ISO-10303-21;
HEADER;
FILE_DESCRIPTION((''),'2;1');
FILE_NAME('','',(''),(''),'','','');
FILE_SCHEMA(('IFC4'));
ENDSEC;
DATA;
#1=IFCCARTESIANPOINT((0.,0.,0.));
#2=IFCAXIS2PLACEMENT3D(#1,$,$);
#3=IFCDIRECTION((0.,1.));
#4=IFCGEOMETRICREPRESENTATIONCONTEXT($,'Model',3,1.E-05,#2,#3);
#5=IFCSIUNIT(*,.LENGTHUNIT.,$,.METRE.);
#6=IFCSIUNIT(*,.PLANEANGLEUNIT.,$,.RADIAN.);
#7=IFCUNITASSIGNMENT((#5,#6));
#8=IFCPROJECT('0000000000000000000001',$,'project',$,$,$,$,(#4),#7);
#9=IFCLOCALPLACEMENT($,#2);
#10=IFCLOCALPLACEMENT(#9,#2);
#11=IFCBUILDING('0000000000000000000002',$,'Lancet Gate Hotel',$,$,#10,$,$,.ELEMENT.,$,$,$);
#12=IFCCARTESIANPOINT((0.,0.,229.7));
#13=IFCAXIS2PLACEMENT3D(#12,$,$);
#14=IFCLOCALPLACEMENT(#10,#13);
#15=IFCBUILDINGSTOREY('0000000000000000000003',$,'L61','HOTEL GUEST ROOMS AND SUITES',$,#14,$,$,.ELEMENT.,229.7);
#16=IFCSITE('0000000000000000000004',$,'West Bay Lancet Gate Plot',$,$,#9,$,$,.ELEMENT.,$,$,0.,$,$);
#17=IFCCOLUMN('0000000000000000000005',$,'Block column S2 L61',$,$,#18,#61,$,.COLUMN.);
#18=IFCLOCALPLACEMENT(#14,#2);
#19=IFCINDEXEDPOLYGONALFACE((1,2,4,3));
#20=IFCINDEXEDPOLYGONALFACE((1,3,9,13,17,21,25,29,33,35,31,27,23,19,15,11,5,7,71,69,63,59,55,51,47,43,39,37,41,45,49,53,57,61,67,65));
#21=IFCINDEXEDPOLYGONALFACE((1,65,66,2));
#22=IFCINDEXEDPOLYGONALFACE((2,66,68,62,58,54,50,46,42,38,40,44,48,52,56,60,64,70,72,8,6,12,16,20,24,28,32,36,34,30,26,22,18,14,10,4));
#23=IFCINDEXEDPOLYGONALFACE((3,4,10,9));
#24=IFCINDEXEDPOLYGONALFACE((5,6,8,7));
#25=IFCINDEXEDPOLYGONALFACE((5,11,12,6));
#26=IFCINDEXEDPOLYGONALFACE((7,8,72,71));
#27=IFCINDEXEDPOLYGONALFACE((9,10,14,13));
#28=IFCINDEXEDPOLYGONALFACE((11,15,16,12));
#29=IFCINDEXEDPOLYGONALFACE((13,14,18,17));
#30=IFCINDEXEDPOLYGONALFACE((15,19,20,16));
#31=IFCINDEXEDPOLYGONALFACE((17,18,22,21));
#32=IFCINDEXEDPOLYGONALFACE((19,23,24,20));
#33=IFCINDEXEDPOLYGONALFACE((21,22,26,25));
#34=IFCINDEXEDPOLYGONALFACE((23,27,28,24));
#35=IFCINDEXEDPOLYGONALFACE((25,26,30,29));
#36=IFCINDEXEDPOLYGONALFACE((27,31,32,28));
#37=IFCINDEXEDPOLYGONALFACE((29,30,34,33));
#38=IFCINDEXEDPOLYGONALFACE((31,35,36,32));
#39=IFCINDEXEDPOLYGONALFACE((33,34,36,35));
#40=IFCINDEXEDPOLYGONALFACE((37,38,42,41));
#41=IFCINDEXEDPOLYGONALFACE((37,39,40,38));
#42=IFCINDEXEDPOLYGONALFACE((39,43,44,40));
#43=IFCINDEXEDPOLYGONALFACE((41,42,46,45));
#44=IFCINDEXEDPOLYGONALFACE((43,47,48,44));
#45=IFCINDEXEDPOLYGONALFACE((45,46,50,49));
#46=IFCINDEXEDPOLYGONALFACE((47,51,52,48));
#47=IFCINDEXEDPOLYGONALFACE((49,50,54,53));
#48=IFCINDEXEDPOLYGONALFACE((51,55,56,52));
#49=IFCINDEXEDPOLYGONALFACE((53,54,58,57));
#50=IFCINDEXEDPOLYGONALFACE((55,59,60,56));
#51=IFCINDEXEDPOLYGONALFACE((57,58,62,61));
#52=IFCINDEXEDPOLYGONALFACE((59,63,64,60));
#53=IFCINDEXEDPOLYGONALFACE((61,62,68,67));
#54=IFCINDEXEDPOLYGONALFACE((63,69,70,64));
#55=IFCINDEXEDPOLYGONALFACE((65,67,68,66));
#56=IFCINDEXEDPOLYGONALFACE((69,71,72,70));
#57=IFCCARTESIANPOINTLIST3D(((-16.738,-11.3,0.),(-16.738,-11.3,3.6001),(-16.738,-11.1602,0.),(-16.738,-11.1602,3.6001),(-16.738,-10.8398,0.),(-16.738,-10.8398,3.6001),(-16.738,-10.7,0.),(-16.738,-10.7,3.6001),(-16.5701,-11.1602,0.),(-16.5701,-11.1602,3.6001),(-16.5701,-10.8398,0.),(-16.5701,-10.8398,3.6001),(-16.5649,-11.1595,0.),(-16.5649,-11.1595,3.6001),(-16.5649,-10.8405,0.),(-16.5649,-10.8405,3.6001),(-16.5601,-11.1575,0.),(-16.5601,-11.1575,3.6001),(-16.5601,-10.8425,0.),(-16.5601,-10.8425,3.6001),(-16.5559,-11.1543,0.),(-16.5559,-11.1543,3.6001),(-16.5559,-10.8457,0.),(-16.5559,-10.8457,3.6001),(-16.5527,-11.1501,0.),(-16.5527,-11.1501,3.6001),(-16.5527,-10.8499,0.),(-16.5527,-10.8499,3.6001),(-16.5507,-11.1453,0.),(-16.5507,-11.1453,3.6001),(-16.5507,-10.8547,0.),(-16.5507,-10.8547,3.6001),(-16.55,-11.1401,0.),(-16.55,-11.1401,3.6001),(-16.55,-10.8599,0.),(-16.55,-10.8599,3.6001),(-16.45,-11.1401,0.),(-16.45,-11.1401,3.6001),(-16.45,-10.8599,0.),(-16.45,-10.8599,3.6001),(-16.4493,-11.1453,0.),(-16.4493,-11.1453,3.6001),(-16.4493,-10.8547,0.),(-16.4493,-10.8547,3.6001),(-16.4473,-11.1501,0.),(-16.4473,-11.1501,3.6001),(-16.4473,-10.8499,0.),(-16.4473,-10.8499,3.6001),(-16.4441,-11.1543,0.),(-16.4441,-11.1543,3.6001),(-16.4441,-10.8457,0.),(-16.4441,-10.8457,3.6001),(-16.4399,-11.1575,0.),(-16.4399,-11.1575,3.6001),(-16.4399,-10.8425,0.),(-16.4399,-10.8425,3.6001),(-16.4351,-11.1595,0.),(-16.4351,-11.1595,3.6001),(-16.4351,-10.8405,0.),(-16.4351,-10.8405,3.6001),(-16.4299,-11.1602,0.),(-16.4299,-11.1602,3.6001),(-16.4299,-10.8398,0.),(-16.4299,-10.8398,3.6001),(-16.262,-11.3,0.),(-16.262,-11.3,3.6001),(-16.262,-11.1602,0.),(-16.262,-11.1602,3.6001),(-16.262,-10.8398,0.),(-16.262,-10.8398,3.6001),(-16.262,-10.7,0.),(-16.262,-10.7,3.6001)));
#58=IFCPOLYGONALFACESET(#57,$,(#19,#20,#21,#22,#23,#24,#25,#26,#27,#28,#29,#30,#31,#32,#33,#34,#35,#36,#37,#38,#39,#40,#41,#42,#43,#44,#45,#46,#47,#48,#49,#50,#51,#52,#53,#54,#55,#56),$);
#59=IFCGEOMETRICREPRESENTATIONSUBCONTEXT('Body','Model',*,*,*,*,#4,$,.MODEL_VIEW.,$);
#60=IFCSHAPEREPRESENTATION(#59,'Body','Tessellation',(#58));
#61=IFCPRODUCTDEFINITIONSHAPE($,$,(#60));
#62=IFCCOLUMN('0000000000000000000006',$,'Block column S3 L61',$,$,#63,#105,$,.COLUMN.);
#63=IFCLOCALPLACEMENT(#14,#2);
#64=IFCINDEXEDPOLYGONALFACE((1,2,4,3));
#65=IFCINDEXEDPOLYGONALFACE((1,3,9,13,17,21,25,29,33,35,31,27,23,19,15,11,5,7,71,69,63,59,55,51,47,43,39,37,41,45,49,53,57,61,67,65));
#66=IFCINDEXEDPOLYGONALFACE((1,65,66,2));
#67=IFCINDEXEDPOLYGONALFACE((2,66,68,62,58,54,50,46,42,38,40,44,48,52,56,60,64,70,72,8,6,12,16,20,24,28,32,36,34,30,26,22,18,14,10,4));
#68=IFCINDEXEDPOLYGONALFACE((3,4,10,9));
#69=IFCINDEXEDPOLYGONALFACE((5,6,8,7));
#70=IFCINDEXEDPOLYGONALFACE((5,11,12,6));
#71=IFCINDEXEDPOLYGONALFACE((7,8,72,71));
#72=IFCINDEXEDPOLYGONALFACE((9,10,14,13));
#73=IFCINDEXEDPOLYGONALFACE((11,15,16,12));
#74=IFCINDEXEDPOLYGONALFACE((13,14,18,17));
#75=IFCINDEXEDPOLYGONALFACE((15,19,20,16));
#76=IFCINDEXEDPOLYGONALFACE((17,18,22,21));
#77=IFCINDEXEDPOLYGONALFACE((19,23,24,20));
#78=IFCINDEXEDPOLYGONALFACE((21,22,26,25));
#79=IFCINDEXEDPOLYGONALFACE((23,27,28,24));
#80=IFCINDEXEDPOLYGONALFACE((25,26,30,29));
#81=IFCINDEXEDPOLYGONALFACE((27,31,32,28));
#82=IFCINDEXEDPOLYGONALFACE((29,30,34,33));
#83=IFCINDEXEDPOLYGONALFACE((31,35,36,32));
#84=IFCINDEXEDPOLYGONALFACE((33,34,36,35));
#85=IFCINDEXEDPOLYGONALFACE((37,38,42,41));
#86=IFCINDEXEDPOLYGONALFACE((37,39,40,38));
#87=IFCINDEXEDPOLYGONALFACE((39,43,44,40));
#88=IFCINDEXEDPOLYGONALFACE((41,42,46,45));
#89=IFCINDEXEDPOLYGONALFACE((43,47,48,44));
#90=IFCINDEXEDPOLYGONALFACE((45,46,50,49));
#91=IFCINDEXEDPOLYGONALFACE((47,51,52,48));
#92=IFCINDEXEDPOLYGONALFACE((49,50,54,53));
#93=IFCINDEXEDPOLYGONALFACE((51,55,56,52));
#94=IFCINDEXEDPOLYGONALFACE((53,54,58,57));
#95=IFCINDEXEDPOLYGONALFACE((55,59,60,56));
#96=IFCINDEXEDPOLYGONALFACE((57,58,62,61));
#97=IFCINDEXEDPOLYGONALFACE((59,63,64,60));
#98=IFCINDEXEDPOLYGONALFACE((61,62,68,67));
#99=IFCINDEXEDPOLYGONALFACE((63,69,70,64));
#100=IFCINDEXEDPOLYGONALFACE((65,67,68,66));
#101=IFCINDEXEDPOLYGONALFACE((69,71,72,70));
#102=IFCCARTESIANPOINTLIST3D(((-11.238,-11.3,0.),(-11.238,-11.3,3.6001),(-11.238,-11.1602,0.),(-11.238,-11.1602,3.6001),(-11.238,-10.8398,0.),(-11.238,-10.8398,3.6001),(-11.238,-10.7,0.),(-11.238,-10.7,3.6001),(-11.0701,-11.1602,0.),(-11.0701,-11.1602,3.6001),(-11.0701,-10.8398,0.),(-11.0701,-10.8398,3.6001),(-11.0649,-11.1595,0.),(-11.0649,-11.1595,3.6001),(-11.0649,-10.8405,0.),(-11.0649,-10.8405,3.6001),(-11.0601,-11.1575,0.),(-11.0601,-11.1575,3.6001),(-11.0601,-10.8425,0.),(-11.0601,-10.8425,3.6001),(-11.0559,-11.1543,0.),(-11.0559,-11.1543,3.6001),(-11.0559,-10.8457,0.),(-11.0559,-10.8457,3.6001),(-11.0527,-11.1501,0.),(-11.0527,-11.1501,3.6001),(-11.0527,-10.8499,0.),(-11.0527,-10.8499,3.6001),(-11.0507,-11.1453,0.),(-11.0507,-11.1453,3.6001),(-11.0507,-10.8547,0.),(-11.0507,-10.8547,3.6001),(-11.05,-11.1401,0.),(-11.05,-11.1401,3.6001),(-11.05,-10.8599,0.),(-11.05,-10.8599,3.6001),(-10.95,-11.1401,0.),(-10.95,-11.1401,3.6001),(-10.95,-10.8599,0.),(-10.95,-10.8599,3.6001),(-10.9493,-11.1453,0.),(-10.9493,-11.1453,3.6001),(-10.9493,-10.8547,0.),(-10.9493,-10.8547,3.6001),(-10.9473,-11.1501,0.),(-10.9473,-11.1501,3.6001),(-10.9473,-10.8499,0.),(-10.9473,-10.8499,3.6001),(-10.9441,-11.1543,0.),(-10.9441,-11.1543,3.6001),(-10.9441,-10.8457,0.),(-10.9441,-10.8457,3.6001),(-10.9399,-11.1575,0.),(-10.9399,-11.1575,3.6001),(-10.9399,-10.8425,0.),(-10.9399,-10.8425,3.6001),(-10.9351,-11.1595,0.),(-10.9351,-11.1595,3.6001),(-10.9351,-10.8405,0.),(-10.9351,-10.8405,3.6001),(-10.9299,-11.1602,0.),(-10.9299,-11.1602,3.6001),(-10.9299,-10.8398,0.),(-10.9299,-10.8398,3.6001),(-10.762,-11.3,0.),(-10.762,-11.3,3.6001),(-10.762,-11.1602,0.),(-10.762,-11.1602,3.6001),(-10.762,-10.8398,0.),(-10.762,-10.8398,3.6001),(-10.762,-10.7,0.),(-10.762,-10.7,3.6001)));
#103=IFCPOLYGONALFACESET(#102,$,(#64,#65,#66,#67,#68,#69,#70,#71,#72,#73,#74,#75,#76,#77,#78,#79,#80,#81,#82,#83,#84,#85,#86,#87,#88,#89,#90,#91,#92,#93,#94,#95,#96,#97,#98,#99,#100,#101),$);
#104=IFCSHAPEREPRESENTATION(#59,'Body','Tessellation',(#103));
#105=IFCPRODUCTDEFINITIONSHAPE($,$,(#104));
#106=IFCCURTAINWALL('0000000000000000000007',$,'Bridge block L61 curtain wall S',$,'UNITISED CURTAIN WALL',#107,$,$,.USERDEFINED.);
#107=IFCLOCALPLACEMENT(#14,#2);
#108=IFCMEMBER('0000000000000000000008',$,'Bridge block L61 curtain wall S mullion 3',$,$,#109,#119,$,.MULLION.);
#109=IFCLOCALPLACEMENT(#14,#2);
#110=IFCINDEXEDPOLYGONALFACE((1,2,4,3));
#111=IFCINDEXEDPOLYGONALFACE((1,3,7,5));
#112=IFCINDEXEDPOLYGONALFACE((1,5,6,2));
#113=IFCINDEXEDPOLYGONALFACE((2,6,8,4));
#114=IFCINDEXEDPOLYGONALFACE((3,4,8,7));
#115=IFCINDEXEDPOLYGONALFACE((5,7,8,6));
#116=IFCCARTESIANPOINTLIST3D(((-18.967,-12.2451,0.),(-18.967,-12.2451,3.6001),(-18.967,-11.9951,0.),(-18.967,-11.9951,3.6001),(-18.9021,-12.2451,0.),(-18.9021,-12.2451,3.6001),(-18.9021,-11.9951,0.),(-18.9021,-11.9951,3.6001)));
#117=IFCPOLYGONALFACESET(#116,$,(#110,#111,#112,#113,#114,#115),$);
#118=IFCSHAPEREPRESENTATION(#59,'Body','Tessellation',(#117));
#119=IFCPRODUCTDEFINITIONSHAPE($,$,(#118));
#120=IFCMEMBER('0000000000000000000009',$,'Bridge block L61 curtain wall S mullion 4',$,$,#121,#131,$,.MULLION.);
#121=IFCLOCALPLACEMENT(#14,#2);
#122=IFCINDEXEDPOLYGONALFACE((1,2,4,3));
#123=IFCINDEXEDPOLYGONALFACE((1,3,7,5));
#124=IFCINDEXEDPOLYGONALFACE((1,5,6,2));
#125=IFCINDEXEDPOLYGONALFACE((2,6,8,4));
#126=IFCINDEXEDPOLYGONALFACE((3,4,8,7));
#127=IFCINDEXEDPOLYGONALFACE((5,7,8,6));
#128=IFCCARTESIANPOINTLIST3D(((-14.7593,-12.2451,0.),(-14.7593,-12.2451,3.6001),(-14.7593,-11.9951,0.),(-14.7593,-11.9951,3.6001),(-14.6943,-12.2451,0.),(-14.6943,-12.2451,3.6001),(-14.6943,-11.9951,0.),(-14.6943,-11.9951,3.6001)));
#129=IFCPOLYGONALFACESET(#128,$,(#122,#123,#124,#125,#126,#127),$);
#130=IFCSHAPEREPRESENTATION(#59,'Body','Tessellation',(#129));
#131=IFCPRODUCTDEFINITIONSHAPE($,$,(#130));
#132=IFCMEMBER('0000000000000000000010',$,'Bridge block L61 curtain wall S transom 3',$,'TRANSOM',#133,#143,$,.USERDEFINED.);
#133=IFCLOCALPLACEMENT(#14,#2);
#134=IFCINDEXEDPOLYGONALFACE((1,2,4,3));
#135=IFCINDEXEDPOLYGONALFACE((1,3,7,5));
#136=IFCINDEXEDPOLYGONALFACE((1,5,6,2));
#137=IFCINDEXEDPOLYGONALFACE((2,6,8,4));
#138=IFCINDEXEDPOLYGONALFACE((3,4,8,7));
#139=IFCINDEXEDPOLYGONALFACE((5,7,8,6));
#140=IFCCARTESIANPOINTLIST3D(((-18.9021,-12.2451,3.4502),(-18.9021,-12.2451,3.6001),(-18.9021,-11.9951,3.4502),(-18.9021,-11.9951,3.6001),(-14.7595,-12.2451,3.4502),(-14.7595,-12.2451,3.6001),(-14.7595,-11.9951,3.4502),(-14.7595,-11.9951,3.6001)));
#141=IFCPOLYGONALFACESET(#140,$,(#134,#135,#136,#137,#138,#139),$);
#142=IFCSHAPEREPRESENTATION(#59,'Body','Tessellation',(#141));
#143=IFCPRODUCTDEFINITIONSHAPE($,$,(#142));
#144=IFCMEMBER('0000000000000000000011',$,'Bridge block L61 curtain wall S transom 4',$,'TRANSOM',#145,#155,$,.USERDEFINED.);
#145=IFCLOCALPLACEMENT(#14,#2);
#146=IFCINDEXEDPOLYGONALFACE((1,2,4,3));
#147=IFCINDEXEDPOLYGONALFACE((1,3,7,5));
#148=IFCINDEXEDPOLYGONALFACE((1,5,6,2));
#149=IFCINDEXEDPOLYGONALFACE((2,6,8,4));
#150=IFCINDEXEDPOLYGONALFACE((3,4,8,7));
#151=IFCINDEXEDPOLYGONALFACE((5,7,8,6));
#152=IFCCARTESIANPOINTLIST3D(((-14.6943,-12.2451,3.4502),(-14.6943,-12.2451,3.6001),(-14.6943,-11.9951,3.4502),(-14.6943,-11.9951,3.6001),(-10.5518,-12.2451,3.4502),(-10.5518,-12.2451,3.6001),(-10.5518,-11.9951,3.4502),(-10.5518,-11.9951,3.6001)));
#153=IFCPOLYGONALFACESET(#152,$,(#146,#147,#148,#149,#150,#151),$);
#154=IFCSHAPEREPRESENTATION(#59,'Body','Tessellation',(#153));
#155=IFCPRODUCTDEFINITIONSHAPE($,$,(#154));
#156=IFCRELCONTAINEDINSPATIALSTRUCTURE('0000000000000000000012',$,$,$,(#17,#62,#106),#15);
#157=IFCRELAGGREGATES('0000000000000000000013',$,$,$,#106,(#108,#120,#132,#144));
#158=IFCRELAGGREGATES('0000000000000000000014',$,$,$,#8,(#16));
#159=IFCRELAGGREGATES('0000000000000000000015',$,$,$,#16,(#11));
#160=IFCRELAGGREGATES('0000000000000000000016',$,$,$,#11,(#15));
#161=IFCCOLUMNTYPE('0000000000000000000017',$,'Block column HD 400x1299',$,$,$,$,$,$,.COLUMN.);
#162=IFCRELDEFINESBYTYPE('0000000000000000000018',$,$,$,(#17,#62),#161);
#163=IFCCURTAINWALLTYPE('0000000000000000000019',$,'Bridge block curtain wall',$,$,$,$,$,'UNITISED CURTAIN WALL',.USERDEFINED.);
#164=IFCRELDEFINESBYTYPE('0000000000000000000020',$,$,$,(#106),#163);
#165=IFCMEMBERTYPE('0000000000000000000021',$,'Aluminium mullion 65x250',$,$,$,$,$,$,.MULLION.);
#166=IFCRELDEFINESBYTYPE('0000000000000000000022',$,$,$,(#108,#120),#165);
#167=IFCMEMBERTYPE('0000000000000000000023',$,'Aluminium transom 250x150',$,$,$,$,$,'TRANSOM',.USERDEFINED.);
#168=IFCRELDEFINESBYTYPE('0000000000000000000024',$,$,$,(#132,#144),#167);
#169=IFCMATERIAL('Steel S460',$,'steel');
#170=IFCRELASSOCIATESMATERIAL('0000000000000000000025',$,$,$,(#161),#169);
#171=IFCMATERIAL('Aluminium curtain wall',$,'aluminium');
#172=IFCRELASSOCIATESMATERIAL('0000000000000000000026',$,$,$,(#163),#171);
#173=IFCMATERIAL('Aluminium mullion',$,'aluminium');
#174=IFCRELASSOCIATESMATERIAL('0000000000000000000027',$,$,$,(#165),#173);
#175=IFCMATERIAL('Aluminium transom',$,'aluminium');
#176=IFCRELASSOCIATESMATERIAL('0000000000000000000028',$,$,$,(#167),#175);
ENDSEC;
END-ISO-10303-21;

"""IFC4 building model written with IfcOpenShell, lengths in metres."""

from ifc_helpers import new_model, si_unit, direction, frame, origin, origin_2d, place, context, subcontext, project, spatial, rectangle, i_section, extrude, material, material_profile, profile_set, type_object, element, aggregate, save


model = new_model("IFC4")

# Units and contexts
model_context = context("Model", 3, precision=1e-05, world=origin(), true_north=direction((0.0, 1.0)))
body_context = subcontext(model_context, "Body", "Model", "MODEL_VIEW")
ifc_project = project(units=[si_unit("LENGTHUNIT", "METRE"), si_unit("PLANEANGLEUNIT", "RADIAN")], contexts=[model_context])

# Site, building, storey
site_placement = place(None, origin())
site = spatial("IfcSite", under=ifc_project, at=site_placement, Name="West Bay Lancet Gate Plot", CompositionType="ELEMENT", RefElevation=0.0)
building_placement = place(site_placement, origin())
building = spatial("IfcBuilding", under=site, at=building_placement, Name="Lancet Gate Hotel", CompositionType="ELEMENT")
storey_placement = place(building_placement, frame((0.0, 0.0, 229.7)))
storey = spatial("IfcBuildingStorey", under=building, at=storey_placement, Name="L61", Description="HOTEL GUEST ROOMS AND SUITES", CompositionType="ELEMENT", Elevation=229.7)

# Columns
ifc_material_1 = material(Name="Steel S460", Category="steel")
ifc_material_profile_1 = material_profile(ifc_material_1, i_section(OverallWidth=0.4761, OverallDepth=0.6001, WebThickness=0.1001, FlangeThickness=0.1399, FilletRadius=0.02, at=origin_2d()), Name="HD 400x1299")
ifc_profile_set_1 = profile_set([ifc_material_profile_1], Name="Steel S460")
column_type = type_object("IfcColumnType", Name="Block column HD 400x1299", PredefinedType="COLUMN", material=ifc_profile_set_1)
for number, where, z_axis, x_axis, name in (
    (1, (-16.5, -11.0, 0.0), (0.0, 0.0, 1.0), (1.0, 0.0, 0.0), "Block column S2 L61"),
    (2, (-11.0, -11.0, 0.0), (0.0, 0.0, 1.0), (1.0, 0.0, 0.0), "Block column S3 L61"),
):
    element("IfcColumn", number, at=place(storey_placement, frame(where, z_axis=z_axis, x_axis=x_axis)), inside=storey, type_object=column_type, Name=name, PredefinedType="COLUMN", context=body_context, shape_type="SweptSolid", body=[
        extrude(i_section(OverallWidth=0.4761, OverallDepth=0.6001, WebThickness=0.1001, FlangeThickness=0.1399, FilletRadius=0.02, at=origin_2d()), origin(), (0.0, 0.0, 1.0), 3.6001),
    ])

# Curtain wall, members
ifc_material_2 = material(Name="Aluminium curtain wall", Category="aluminium")
curtain_wall_type = type_object("IfcCurtainWallType", Name="Bridge block curtain wall", ElementType="UNITISED CURTAIN WALL", PredefinedType="USERDEFINED", material=ifc_material_2)
curtain_wall_placement = place(storey_placement, origin())
curtain_wall = element("IfcCurtainWall", 3, at=curtain_wall_placement, inside=storey, type_object=curtain_wall_type, Name="Bridge block L61 curtain wall S", ObjectType="UNITISED CURTAIN WALL", PredefinedType="USERDEFINED")
ifc_material_3 = material(Name="Aluminium mullion", Category="aluminium")
ifc_material_profile_2 = material_profile(ifc_material_3, rectangle(XDim=0.0649, YDim=0.25, at=origin_2d()), Name="MULLION 65x250")
ifc_profile_set_2 = profile_set([ifc_material_profile_2], Name="Aluminium mullion")
member_type_1 = type_object("IfcMemberType", Name="Aluminium mullion 65x250", PredefinedType="MULLION", material=ifc_profile_set_2)
member_1_placement = place(storey_placement, frame((-18.9346, -12.1201, 0.0), z_axis=(0.0, 0.0, 1.0), x_axis=(1.0, 0.0, 0.0)))
member_1 = element("IfcMember", 4, at=member_1_placement, type_object=member_type_1, Name="Bridge block L61 curtain wall S mullion 3", PredefinedType="MULLION", context=body_context, shape_type="SweptSolid", body=[
    extrude(rectangle(XDim=0.0649, YDim=0.25, at=origin_2d()), origin(), (0.0, 0.0, 1.0), 3.6001),
])
member_2_placement = place(storey_placement, frame((-14.7268, -12.1201, 0.0), z_axis=(0.0, 0.0, 1.0), x_axis=(1.0, 0.0, 0.0)))
member_2 = element("IfcMember", 5, at=member_2_placement, type_object=member_type_1, Name="Bridge block L61 curtain wall S mullion 4", PredefinedType="MULLION", context=body_context, shape_type="SweptSolid", body=[
    extrude(rectangle(XDim=0.0649, YDim=0.25, at=origin_2d()), origin(), (0.0, 0.0, 1.0), 3.6001),
])
ifc_material_4 = material(Name="Aluminium transom", Category="aluminium")
ifc_material_profile_3 = material_profile(ifc_material_4, rectangle(XDim=0.25, YDim=0.1499, at=origin_2d()), Name="TRANSOM 250x150")
ifc_profile_set_3 = profile_set([ifc_material_profile_3], Name="Aluminium transom")
member_type_2 = type_object("IfcMemberType", Name="Aluminium transom 250x150", ElementType="TRANSOM", PredefinedType="USERDEFINED", material=ifc_profile_set_3)
member_3_placement = place(storey_placement, frame((-18.9021, -12.1201, 3.5251), z_axis=(1.0, 0.0, 0.0), x_axis=(0.0, 1.0, 0.0)))
member_3 = element("IfcMember", 6, at=member_3_placement, type_object=member_type_2, Name="Bridge block L61 curtain wall S transom 3", ObjectType="TRANSOM", PredefinedType="USERDEFINED", context=body_context, shape_type="SweptSolid", body=[
    extrude(rectangle(XDim=0.25, YDim=0.1499, at=origin_2d()), origin(), (0.0, 0.0, 1.0), 4.1426),
])
member_4_placement = place(storey_placement, frame((-14.6943, -12.1201, 3.5251), z_axis=(1.0, 0.0, 0.0), x_axis=(0.0, 1.0, 0.0)))
member_4 = element("IfcMember", 7, at=member_4_placement, type_object=member_type_2, Name="Bridge block L61 curtain wall S transom 4", ObjectType="TRANSOM", PredefinedType="USERDEFINED", context=body_context, shape_type="SweptSolid", body=[
    extrude(rectangle(XDim=0.25, YDim=0.1499, at=origin_2d()), origin(), (0.0, 0.0, 1.0), 4.1426),
])

aggregate(curtain_wall, [member_1, member_2, member_3, member_4])

save(model, "model.ifc")
